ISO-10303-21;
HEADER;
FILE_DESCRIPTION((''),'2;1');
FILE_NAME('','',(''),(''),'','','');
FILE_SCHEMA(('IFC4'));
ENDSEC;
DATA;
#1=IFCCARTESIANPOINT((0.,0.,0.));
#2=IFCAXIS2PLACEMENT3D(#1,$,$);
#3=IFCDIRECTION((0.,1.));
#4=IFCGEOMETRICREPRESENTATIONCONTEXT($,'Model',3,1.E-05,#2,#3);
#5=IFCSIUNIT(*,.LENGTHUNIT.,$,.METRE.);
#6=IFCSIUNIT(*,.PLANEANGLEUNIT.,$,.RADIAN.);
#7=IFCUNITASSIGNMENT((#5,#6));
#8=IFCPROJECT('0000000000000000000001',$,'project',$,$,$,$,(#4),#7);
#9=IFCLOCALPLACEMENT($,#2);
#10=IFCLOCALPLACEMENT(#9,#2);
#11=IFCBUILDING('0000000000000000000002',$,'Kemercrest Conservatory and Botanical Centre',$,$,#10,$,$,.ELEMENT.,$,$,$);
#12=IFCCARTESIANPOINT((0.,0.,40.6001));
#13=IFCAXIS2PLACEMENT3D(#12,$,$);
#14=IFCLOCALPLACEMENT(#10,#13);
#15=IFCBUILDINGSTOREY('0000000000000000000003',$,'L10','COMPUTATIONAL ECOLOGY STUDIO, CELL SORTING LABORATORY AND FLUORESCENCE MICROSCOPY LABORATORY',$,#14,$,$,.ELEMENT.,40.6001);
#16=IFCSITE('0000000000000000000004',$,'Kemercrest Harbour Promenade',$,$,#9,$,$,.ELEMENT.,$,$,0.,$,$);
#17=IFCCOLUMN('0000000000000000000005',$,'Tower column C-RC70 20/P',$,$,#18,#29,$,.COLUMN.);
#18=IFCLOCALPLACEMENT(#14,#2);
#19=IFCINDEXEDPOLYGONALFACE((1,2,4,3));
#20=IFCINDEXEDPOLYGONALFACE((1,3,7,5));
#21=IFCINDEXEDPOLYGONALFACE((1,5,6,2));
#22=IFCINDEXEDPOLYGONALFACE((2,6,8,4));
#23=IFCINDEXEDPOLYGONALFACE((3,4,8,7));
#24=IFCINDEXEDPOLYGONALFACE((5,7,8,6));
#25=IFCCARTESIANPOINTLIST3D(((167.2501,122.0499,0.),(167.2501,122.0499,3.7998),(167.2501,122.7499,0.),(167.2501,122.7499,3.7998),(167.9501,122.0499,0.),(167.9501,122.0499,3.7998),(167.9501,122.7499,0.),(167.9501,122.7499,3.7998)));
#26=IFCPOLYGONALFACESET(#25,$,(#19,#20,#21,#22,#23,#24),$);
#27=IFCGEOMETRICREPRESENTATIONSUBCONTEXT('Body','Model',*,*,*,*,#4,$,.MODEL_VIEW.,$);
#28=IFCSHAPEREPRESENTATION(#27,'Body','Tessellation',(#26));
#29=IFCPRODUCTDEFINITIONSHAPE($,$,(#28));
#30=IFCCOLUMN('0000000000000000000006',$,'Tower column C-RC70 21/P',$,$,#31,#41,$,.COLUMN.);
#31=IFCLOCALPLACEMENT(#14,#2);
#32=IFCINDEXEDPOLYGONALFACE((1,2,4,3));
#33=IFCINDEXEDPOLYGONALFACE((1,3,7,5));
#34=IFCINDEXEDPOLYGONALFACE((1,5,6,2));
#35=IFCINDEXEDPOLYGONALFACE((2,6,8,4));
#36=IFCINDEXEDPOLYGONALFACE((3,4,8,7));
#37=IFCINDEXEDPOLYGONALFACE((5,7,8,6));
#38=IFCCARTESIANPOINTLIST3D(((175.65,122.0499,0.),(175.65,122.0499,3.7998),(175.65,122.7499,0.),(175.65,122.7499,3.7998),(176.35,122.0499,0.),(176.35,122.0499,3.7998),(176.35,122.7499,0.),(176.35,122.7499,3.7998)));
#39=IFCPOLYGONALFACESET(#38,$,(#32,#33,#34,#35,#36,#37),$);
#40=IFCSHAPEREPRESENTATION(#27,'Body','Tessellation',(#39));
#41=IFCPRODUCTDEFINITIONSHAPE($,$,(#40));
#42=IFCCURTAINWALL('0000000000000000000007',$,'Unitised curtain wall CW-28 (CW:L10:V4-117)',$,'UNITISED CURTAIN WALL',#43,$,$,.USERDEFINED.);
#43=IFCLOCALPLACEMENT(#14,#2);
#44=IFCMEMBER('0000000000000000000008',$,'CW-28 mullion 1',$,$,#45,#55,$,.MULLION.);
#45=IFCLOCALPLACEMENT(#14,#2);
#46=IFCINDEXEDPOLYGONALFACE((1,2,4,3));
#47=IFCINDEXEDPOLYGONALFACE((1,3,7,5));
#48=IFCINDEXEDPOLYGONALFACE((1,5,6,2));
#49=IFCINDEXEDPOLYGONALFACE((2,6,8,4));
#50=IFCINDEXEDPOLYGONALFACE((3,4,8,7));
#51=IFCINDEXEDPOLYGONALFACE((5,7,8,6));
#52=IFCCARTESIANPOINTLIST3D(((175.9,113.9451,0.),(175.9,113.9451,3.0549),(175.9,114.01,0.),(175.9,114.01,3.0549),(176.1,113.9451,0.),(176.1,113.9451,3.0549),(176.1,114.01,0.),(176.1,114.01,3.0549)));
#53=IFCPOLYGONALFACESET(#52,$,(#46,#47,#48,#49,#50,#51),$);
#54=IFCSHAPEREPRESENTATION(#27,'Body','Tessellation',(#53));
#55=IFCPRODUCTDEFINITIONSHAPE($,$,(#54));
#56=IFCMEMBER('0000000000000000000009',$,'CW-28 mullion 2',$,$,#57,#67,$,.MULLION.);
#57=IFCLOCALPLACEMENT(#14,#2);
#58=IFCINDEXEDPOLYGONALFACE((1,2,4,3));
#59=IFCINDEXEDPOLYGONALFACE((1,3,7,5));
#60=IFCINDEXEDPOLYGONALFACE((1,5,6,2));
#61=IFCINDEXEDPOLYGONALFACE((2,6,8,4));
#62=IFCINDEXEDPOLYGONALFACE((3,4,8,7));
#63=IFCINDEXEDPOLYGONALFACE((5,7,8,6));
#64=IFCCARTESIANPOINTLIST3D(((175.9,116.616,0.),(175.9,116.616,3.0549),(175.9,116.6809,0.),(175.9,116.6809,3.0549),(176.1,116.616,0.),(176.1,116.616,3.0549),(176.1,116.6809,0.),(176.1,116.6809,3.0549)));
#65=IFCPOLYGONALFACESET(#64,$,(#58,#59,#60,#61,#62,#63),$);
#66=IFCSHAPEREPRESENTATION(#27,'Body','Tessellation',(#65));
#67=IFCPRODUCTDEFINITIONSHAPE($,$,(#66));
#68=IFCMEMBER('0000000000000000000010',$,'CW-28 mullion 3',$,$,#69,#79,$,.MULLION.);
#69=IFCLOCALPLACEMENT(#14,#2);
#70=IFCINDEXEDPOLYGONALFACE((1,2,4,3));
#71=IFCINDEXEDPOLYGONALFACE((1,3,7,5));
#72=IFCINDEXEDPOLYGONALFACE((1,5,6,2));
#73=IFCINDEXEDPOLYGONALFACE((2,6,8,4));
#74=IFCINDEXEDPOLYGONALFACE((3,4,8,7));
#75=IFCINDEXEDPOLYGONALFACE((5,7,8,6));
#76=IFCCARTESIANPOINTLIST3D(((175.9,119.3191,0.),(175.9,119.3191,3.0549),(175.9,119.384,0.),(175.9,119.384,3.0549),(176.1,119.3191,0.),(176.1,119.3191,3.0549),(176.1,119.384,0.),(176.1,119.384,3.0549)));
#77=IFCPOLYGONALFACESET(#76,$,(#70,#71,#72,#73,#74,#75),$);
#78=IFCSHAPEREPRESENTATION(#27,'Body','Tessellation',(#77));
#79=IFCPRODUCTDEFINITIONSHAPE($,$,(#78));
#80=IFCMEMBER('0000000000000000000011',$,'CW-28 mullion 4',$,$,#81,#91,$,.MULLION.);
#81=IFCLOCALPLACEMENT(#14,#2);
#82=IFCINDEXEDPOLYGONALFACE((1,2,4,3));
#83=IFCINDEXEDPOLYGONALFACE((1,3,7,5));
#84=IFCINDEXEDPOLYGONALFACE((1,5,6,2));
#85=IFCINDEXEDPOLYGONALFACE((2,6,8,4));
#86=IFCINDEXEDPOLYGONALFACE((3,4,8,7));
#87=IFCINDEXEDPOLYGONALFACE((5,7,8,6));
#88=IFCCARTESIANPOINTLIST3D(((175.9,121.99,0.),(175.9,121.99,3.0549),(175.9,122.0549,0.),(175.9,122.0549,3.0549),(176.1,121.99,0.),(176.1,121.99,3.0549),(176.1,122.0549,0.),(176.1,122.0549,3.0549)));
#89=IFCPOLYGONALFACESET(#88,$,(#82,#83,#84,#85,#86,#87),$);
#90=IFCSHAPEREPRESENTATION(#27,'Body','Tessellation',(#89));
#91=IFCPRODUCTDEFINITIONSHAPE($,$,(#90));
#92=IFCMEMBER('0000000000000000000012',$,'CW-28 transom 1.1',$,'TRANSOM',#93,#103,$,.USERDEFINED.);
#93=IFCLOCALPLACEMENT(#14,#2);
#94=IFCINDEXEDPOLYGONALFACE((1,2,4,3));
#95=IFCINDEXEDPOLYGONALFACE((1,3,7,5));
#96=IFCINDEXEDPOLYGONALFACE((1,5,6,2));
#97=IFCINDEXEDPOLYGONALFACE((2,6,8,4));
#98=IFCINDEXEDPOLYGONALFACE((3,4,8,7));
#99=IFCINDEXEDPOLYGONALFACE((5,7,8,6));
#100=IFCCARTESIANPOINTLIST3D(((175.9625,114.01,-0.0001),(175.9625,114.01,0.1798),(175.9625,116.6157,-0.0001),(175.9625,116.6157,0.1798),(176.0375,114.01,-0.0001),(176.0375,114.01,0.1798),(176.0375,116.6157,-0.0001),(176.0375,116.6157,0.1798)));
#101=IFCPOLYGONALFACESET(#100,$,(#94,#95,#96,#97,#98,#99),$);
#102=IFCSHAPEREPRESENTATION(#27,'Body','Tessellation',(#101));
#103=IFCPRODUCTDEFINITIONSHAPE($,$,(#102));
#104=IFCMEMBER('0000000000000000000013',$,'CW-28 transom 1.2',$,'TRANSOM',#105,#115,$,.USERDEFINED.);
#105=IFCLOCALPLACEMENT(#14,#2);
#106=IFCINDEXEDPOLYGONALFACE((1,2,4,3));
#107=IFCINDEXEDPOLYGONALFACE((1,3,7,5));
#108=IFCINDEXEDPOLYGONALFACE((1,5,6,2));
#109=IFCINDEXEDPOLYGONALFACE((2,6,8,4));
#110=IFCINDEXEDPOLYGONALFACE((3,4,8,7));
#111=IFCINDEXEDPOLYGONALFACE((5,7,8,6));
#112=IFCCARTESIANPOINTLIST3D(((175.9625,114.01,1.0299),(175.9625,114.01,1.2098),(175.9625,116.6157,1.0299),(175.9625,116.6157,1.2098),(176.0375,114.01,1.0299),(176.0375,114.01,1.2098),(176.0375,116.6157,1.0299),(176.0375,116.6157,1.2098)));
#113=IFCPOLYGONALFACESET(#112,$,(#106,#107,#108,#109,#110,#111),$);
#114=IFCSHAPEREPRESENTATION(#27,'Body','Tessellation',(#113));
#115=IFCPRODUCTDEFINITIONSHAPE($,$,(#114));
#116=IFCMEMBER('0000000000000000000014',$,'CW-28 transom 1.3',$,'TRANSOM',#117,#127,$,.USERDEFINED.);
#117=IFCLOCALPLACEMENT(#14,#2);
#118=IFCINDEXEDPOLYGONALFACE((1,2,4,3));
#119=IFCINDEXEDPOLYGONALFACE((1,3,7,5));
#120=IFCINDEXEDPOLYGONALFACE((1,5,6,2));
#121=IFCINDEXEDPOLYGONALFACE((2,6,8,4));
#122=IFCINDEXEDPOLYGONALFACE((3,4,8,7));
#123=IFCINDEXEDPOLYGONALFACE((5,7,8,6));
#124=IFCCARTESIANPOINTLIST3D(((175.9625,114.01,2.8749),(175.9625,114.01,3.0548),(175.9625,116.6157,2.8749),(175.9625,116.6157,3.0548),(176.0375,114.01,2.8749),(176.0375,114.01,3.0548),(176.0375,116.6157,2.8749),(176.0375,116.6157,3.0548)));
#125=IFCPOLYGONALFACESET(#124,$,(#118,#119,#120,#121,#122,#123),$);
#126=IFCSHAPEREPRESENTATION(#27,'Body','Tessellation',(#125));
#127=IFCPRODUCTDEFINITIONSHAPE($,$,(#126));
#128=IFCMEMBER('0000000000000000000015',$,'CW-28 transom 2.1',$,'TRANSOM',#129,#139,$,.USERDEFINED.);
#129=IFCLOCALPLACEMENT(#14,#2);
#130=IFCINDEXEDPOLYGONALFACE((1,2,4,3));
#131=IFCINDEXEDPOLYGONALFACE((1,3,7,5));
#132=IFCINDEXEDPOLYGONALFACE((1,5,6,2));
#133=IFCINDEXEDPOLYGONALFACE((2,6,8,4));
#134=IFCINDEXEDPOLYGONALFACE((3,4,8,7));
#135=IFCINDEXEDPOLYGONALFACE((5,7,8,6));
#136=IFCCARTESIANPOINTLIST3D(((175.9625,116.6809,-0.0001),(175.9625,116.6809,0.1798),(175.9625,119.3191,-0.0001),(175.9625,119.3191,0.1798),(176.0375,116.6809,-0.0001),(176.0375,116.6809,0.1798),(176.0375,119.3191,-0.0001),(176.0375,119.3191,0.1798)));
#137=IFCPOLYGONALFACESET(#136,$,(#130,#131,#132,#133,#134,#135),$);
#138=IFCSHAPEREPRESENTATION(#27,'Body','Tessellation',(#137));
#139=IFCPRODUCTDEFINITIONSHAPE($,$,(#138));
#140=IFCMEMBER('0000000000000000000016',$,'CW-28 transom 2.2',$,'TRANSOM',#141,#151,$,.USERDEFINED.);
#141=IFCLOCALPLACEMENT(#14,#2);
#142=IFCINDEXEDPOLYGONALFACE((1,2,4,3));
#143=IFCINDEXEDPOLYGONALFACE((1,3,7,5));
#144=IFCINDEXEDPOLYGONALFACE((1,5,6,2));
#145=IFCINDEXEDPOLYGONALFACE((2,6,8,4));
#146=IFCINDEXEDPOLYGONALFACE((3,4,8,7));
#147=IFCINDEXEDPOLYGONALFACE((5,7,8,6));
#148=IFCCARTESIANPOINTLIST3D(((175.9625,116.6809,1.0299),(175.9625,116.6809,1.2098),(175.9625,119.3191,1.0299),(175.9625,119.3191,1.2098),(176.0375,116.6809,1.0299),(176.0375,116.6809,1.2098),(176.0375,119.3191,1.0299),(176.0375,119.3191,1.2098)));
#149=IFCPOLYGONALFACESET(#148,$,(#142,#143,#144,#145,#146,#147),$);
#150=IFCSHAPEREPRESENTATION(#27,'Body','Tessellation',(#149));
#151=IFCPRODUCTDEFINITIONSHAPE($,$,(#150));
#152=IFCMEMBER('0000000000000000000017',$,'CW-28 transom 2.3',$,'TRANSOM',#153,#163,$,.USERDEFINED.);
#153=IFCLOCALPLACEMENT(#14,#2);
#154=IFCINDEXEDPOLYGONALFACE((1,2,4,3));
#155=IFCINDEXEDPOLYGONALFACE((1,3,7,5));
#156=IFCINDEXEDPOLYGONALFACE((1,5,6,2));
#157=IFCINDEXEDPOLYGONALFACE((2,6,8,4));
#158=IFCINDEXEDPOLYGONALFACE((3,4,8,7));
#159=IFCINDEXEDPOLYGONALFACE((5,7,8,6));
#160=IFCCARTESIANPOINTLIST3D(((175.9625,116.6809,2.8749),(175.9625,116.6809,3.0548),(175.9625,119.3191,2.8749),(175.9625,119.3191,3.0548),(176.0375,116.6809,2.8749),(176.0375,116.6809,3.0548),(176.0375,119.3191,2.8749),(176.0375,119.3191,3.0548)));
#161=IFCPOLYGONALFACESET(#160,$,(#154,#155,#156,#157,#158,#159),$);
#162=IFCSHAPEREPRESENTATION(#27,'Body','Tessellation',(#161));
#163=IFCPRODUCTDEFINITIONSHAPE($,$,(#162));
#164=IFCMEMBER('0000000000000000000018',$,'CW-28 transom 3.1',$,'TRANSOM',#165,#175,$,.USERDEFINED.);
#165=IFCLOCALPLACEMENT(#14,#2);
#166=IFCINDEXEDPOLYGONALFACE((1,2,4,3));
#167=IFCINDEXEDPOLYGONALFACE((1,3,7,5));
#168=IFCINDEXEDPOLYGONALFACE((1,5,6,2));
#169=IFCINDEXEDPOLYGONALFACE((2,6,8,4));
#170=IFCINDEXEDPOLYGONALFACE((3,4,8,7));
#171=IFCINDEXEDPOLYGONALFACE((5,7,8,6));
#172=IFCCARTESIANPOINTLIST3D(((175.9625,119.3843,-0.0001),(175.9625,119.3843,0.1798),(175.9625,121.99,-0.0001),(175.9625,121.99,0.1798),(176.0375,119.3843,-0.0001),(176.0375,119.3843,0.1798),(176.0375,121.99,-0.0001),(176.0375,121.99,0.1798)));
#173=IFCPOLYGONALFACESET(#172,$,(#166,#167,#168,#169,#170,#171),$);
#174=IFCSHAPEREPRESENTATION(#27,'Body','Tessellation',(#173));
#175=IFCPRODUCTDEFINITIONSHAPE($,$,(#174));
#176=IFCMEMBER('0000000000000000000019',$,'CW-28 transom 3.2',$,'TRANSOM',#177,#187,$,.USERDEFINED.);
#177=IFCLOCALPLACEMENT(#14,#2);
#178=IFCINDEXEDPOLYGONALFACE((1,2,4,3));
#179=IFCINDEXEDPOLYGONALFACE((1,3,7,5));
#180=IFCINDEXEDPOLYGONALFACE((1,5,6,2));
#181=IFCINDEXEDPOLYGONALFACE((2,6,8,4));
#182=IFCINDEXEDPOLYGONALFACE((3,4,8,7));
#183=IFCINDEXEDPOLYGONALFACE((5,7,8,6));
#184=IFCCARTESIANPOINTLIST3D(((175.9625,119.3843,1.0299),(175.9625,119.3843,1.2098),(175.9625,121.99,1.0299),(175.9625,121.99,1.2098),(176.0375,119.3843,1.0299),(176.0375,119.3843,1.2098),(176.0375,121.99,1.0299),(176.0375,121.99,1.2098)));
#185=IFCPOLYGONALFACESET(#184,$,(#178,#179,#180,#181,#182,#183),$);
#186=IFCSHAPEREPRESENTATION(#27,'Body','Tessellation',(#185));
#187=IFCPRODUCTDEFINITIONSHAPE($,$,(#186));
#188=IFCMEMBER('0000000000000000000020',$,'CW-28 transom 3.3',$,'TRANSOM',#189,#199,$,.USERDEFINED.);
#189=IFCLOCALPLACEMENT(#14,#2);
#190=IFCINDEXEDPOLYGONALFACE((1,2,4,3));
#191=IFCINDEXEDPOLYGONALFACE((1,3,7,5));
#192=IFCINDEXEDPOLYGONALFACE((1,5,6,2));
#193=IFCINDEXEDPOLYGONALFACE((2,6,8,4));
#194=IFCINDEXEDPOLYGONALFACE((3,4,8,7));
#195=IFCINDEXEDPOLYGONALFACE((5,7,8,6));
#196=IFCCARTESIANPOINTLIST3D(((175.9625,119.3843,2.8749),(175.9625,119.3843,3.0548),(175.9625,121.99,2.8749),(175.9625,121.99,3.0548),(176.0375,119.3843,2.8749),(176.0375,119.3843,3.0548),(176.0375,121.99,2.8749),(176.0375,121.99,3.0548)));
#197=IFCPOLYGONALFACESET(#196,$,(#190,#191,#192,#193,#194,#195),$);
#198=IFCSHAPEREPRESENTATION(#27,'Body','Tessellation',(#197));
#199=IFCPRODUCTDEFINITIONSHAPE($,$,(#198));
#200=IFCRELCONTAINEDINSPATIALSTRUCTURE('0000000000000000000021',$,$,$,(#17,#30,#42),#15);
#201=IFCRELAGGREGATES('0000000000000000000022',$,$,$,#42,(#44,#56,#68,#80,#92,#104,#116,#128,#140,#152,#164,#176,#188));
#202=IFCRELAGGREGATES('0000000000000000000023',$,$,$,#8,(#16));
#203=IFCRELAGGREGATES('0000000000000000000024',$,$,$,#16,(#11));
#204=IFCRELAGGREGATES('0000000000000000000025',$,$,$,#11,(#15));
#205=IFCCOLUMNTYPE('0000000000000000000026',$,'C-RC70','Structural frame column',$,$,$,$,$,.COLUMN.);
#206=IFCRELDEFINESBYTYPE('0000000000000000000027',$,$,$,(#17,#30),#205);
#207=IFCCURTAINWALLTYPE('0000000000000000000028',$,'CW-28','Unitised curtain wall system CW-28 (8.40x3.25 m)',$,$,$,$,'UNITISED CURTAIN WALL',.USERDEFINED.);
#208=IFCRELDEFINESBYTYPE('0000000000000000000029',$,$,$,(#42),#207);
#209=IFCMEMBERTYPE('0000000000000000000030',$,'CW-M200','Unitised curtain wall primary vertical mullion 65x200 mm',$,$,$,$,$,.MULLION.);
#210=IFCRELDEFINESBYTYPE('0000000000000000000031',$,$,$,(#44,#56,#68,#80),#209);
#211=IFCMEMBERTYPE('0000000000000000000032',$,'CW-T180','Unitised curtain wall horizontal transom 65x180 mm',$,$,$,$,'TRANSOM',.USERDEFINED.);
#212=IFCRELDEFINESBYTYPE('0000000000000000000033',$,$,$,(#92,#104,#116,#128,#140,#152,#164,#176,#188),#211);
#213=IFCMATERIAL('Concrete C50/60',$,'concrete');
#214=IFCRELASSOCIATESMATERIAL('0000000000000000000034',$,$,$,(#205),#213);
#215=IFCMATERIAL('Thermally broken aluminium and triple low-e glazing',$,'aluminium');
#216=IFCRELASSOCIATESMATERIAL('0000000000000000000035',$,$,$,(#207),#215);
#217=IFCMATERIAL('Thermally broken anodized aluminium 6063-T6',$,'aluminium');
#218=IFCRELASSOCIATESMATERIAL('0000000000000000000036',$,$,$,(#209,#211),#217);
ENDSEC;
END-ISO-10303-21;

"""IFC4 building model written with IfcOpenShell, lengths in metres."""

from ifc_helpers import new_model, si_unit, direction, frame, origin, origin_2d, place, context, subcontext, project, spatial, rectangle, extrude, material, material_profile, profile_set, type_object, element, aggregate, save


model = new_model("IFC4")

# Units and contexts
model_context = context("Model", 3, precision=1e-05, world=origin(), true_north=direction((0.0, 1.0)))
body_context = subcontext(model_context, "Body", "Model", "MODEL_VIEW")
ifc_project = project(units=[si_unit("LENGTHUNIT", "METRE"), si_unit("PLANEANGLEUNIT", "RADIAN")], contexts=[model_context])

# Site, building, storey
site_placement = place(None, origin())
site = spatial("IfcSite", under=ifc_project, at=site_placement, Name="Kemercrest Harbour Promenade", CompositionType="ELEMENT", RefElevation=0.0)
building_placement = place(site_placement, origin())
building = spatial("IfcBuilding", under=site, at=building_placement, Name="Kemercrest Conservatory and Botanical Centre", CompositionType="ELEMENT")
storey_placement = place(building_placement, frame((0.0, 0.0, 40.6001)))
storey = spatial("IfcBuildingStorey", under=building, at=storey_placement, Name="L10", Description="COMPUTATIONAL ECOLOGY STUDIO, CELL SORTING LABORATORY AND FLUORESCENCE MICROSCOPY LABORATORY", CompositionType="ELEMENT", Elevation=40.6001)

# Columns
ifc_material_1 = material(Name="Concrete C50/60", Category="concrete")
ifc_material_profile_1 = material_profile(ifc_material_1, rectangle(XDim=0.7, YDim=0.7, at=origin_2d()), Name="RC 700x700")
ifc_profile_set_1 = profile_set([ifc_material_profile_1], Name="Concrete C50/60")
column_type = type_object("IfcColumnType", Name="C-RC70", Description="Structural frame column", PredefinedType="COLUMN", material=ifc_profile_set_1)
for number, where, z_axis, x_axis, name in (
    (1, (167.6001, 122.3999, 0.0), (0.0, 0.0, 1.0), (1.0, 0.0, 0.0), "Tower column C-RC70 20/P"),
    (2, (176.0, 122.3999, 0.0), (0.0, 0.0, 1.0), (1.0, 0.0, 0.0), "Tower column C-RC70 21/P"),
):
    element("IfcColumn", number, at=place(storey_placement, frame(where, z_axis=z_axis, x_axis=x_axis)), inside=storey, type_object=column_type, Name=name, PredefinedType="COLUMN", context=body_context, shape_type="SweptSolid", body=[
        extrude(rectangle(XDim=0.7, YDim=0.7, at=origin_2d()), origin(), (0.0, 0.0, 1.0), 3.7998),
    ])

# Curtain wall, members
ifc_material_2 = material(Name="Thermally broken aluminium and triple low-e glazing", Category="aluminium")
curtain_wall_type = type_object("IfcCurtainWallType", Name="CW-28", Description="Unitised curtain wall system CW-28 (8.40x3.25 m)", ElementType="UNITISED CURTAIN WALL", PredefinedType="USERDEFINED", material=ifc_material_2)
curtain_wall_placement = place(storey_placement, origin())
curtain_wall = element("IfcCurtainWall", 3, at=curtain_wall_placement, inside=storey, type_object=curtain_wall_type, Name="Unitised curtain wall CW-28 (CW:L10:V4-117)", ObjectType="UNITISED CURTAIN WALL", PredefinedType="USERDEFINED")
ifc_material_3 = material(Name="Thermally broken anodized aluminium 6063-T6", Category="aluminium")
ifc_material_profile_2 = material_profile(ifc_material_3, rectangle(XDim=0.2, YDim=0.0649, at=origin_2d()), Name="AL MULLION 65x200")
ifc_profile_set_2 = profile_set([ifc_material_profile_2], Name="Thermally broken anodized aluminium 6063-T6")
member_type_1 = type_object("IfcMemberType", Name="CW-M200", Description="Unitised curtain wall primary vertical mullion 65x200 mm", PredefinedType="MULLION", material=ifc_profile_set_2)
member_1_placement = place(storey_placement, frame((176.0, 113.9775, 0.0), z_axis=(0.0, 0.0, 1.0), x_axis=(-1.0, 0.0, 0.0)))
member_1 = element("IfcMember", 4, at=member_1_placement, type_object=member_type_1, Name="CW-28 mullion 1", PredefinedType="MULLION", context=body_context, shape_type="SweptSolid", body=[
    extrude(rectangle(XDim=0.2, YDim=0.0649, at=origin_2d()), origin(), (0.0, 0.0, 1.0), 3.0549),
])
member_2_placement = place(storey_placement, frame((176.0, 116.6484, 0.0), z_axis=(0.0, 0.0, 1.0), x_axis=(-1.0, 0.0, 0.0)))
member_2 = element("IfcMember", 5, at=member_2_placement, type_object=member_type_1, Name="CW-28 mullion 2", PredefinedType="MULLION", context=body_context, shape_type="SweptSolid", body=[
    extrude(rectangle(XDim=0.2, YDim=0.0649, at=origin_2d()), origin(), (0.0, 0.0, 1.0), 3.0549),
])
member_3_placement = place(storey_placement, frame((176.0, 119.3516, 0.0), z_axis=(0.0, 0.0, 1.0), x_axis=(-1.0, 0.0, 0.0)))
member_3 = element("IfcMember", 6, at=member_3_placement, type_object=member_type_1, Name="CW-28 mullion 3", PredefinedType="MULLION", context=body_context, shape_type="SweptSolid", body=[
    extrude(rectangle(XDim=0.2, YDim=0.0649, at=origin_2d()), origin(), (0.0, 0.0, 1.0), 3.0549),
])
member_4_placement = place(storey_placement, frame((176.0, 122.0225, 0.0), z_axis=(0.0, 0.0, 1.0), x_axis=(-1.0, 0.0, 0.0)))
member_4 = element("IfcMember", 7, at=member_4_placement, type_object=member_type_1, Name="CW-28 mullion 4", PredefinedType="MULLION", context=body_context, shape_type="SweptSolid", body=[
    extrude(rectangle(XDim=0.2, YDim=0.0649, at=origin_2d()), origin(), (0.0, 0.0, 1.0), 3.0549),
])
ifc_material_profile_3 = material_profile(ifc_material_3, rectangle(XDim=0.075, YDim=0.1799, at=origin_2d()), Name="AL TRANSOM 75x180")
ifc_profile_set_3 = profile_set([ifc_material_profile_3], Name="Thermally broken anodized aluminium 6063-T6")
member_type_2 = type_object("IfcMemberType", Name="CW-T180", Description="Unitised curtain wall horizontal transom 65x180 mm", ElementType="TRANSOM", PredefinedType="USERDEFINED", material=ifc_profile_set_3)
member_5_placement = place(storey_placement, frame((176.0, 114.01, 0.0898), z_axis=(0.0, 1.0, 0.0), x_axis=(-1.0, 0.0, 0.0)))
member_5 = element("IfcMember", 8, at=member_5_placement, type_object=member_type_2, Name="CW-28 transom 1.1", ObjectType="TRANSOM", PredefinedType="USERDEFINED", context=body_context, shape_type="SweptSolid", body=[
    extrude(rectangle(XDim=0.075, YDim=0.1799, at=origin_2d()), origin(), (0.0, 0.0, 1.0), 2.6057),
])
member_6_placement = place(storey_placement, frame((176.0, 114.01, 1.1199), z_axis=(0.0, 1.0, 0.0), x_axis=(-1.0, 0.0, 0.0)))
member_6 = element("IfcMember", 9, at=member_6_placement, type_object=member_type_2, Name="CW-28 transom 1.2", ObjectType="TRANSOM", PredefinedType="USERDEFINED", context=body_context, shape_type="SweptSolid", body=[
    extrude(rectangle(XDim=0.075, YDim=0.1799, at=origin_2d()), origin(), (0.0, 0.0, 1.0), 2.6057),
])
member_7_placement = place(storey_placement, frame((176.0, 114.01, 2.9648), z_axis=(0.0, 1.0, 0.0), x_axis=(-1.0, 0.0, 0.0)))
member_7 = element("IfcMember", 10, at=member_7_placement, type_object=member_type_2, Name="CW-28 transom 1.3", ObjectType="TRANSOM", PredefinedType="USERDEFINED", context=body_context, shape_type="SweptSolid", body=[
    extrude(rectangle(XDim=0.075, YDim=0.1799, at=origin_2d()), origin(), (0.0, 0.0, 1.0), 2.6057),
])
member_8_placement = place(storey_placement, frame((176.0, 116.6809, 0.0898), z_axis=(0.0, 1.0, 0.0), x_axis=(-1.0, 0.0, 0.0)))
member_8 = element("IfcMember", 11, at=member_8_placement, type_object=member_type_2, Name="CW-28 transom 2.1", ObjectType="TRANSOM", PredefinedType="USERDEFINED", context=body_context, shape_type="SweptSolid", body=[
    extrude(rectangle(XDim=0.075, YDim=0.1799, at=origin_2d()), origin(), (0.0, 0.0, 1.0), 2.6382),
])
member_9_placement = place(storey_placement, frame((176.0, 116.6809, 1.1199), z_axis=(0.0, 1.0, 0.0), x_axis=(-1.0, 0.0, 0.0)))
member_9 = element("IfcMember", 12, at=member_9_placement, type_object=member_type_2, Name="CW-28 transom 2.2", ObjectType="TRANSOM", PredefinedType="USERDEFINED", context=body_context, shape_type="SweptSolid", body=[
    extrude(rectangle(XDim=0.075, YDim=0.1799, at=origin_2d()), origin(), (0.0, 0.0, 1.0), 2.6382),
])
member_10_placement = place(storey_placement, frame((176.0, 116.6809, 2.9648), z_axis=(0.0, 1.0, 0.0), x_axis=(-1.0, 0.0, 0.0)))
member_10 = element("IfcMember", 13, at=member_10_placement, type_object=member_type_2, Name="CW-28 transom 2.3", ObjectType="TRANSOM", PredefinedType="USERDEFINED", context=body_context, shape_type="SweptSolid", body=[
    extrude(rectangle(XDim=0.075, YDim=0.1799, at=origin_2d()), origin(), (0.0, 0.0, 1.0), 2.6382),
])
member_11_placement = place(storey_placement, frame((176.0, 119.3843, 0.0898), z_axis=(0.0, 1.0, 0.0), x_axis=(-1.0, 0.0, 0.0)))
member_11 = element("IfcMember", 14, at=member_11_placement, type_object=member_type_2, Name="CW-28 transom 3.1", ObjectType="TRANSOM", PredefinedType="USERDEFINED", context=body_context, shape_type="SweptSolid", body=[
    extrude(rectangle(XDim=0.075, YDim=0.1799, at=origin_2d()), origin(), (0.0, 0.0, 1.0), 2.6057),
])
member_12_placement = place(storey_placement, frame((176.0, 119.3843, 1.1199), z_axis=(0.0, 1.0, 0.0), x_axis=(-1.0, 0.0, 0.0)))
member_12 = element("IfcMember", 15, at=member_12_placement, type_object=member_type_2, Name="CW-28 transom 3.2", ObjectType="TRANSOM", PredefinedType="USERDEFINED", context=body_context, shape_type="SweptSolid", body=[
    extrude(rectangle(XDim=0.075, YDim=0.1799, at=origin_2d()), origin(), (0.0, 0.0, 1.0), 2.6057),
])
member_13_placement = place(storey_placement, frame((176.0, 119.3843, 2.9648), z_axis=(0.0, 1.0, 0.0), x_axis=(-1.0, 0.0, 0.0)))
member_13 = element("IfcMember", 16, at=member_13_placement, type_object=member_type_2, Name="CW-28 transom 3.3", ObjectType="TRANSOM", PredefinedType="USERDEFINED", context=body_context, shape_type="SweptSolid", body=[
    extrude(rectangle(XDim=0.075, YDim=0.1799, at=origin_2d()), origin(), (0.0, 0.0, 1.0), 2.6057),
])

aggregate(curtain_wall, [member_1, member_2, member_3, member_4, member_5, member_6, member_7, member_8, member_9, member_10, member_11, member_12, member_13])

save(model, "model.ifc")
